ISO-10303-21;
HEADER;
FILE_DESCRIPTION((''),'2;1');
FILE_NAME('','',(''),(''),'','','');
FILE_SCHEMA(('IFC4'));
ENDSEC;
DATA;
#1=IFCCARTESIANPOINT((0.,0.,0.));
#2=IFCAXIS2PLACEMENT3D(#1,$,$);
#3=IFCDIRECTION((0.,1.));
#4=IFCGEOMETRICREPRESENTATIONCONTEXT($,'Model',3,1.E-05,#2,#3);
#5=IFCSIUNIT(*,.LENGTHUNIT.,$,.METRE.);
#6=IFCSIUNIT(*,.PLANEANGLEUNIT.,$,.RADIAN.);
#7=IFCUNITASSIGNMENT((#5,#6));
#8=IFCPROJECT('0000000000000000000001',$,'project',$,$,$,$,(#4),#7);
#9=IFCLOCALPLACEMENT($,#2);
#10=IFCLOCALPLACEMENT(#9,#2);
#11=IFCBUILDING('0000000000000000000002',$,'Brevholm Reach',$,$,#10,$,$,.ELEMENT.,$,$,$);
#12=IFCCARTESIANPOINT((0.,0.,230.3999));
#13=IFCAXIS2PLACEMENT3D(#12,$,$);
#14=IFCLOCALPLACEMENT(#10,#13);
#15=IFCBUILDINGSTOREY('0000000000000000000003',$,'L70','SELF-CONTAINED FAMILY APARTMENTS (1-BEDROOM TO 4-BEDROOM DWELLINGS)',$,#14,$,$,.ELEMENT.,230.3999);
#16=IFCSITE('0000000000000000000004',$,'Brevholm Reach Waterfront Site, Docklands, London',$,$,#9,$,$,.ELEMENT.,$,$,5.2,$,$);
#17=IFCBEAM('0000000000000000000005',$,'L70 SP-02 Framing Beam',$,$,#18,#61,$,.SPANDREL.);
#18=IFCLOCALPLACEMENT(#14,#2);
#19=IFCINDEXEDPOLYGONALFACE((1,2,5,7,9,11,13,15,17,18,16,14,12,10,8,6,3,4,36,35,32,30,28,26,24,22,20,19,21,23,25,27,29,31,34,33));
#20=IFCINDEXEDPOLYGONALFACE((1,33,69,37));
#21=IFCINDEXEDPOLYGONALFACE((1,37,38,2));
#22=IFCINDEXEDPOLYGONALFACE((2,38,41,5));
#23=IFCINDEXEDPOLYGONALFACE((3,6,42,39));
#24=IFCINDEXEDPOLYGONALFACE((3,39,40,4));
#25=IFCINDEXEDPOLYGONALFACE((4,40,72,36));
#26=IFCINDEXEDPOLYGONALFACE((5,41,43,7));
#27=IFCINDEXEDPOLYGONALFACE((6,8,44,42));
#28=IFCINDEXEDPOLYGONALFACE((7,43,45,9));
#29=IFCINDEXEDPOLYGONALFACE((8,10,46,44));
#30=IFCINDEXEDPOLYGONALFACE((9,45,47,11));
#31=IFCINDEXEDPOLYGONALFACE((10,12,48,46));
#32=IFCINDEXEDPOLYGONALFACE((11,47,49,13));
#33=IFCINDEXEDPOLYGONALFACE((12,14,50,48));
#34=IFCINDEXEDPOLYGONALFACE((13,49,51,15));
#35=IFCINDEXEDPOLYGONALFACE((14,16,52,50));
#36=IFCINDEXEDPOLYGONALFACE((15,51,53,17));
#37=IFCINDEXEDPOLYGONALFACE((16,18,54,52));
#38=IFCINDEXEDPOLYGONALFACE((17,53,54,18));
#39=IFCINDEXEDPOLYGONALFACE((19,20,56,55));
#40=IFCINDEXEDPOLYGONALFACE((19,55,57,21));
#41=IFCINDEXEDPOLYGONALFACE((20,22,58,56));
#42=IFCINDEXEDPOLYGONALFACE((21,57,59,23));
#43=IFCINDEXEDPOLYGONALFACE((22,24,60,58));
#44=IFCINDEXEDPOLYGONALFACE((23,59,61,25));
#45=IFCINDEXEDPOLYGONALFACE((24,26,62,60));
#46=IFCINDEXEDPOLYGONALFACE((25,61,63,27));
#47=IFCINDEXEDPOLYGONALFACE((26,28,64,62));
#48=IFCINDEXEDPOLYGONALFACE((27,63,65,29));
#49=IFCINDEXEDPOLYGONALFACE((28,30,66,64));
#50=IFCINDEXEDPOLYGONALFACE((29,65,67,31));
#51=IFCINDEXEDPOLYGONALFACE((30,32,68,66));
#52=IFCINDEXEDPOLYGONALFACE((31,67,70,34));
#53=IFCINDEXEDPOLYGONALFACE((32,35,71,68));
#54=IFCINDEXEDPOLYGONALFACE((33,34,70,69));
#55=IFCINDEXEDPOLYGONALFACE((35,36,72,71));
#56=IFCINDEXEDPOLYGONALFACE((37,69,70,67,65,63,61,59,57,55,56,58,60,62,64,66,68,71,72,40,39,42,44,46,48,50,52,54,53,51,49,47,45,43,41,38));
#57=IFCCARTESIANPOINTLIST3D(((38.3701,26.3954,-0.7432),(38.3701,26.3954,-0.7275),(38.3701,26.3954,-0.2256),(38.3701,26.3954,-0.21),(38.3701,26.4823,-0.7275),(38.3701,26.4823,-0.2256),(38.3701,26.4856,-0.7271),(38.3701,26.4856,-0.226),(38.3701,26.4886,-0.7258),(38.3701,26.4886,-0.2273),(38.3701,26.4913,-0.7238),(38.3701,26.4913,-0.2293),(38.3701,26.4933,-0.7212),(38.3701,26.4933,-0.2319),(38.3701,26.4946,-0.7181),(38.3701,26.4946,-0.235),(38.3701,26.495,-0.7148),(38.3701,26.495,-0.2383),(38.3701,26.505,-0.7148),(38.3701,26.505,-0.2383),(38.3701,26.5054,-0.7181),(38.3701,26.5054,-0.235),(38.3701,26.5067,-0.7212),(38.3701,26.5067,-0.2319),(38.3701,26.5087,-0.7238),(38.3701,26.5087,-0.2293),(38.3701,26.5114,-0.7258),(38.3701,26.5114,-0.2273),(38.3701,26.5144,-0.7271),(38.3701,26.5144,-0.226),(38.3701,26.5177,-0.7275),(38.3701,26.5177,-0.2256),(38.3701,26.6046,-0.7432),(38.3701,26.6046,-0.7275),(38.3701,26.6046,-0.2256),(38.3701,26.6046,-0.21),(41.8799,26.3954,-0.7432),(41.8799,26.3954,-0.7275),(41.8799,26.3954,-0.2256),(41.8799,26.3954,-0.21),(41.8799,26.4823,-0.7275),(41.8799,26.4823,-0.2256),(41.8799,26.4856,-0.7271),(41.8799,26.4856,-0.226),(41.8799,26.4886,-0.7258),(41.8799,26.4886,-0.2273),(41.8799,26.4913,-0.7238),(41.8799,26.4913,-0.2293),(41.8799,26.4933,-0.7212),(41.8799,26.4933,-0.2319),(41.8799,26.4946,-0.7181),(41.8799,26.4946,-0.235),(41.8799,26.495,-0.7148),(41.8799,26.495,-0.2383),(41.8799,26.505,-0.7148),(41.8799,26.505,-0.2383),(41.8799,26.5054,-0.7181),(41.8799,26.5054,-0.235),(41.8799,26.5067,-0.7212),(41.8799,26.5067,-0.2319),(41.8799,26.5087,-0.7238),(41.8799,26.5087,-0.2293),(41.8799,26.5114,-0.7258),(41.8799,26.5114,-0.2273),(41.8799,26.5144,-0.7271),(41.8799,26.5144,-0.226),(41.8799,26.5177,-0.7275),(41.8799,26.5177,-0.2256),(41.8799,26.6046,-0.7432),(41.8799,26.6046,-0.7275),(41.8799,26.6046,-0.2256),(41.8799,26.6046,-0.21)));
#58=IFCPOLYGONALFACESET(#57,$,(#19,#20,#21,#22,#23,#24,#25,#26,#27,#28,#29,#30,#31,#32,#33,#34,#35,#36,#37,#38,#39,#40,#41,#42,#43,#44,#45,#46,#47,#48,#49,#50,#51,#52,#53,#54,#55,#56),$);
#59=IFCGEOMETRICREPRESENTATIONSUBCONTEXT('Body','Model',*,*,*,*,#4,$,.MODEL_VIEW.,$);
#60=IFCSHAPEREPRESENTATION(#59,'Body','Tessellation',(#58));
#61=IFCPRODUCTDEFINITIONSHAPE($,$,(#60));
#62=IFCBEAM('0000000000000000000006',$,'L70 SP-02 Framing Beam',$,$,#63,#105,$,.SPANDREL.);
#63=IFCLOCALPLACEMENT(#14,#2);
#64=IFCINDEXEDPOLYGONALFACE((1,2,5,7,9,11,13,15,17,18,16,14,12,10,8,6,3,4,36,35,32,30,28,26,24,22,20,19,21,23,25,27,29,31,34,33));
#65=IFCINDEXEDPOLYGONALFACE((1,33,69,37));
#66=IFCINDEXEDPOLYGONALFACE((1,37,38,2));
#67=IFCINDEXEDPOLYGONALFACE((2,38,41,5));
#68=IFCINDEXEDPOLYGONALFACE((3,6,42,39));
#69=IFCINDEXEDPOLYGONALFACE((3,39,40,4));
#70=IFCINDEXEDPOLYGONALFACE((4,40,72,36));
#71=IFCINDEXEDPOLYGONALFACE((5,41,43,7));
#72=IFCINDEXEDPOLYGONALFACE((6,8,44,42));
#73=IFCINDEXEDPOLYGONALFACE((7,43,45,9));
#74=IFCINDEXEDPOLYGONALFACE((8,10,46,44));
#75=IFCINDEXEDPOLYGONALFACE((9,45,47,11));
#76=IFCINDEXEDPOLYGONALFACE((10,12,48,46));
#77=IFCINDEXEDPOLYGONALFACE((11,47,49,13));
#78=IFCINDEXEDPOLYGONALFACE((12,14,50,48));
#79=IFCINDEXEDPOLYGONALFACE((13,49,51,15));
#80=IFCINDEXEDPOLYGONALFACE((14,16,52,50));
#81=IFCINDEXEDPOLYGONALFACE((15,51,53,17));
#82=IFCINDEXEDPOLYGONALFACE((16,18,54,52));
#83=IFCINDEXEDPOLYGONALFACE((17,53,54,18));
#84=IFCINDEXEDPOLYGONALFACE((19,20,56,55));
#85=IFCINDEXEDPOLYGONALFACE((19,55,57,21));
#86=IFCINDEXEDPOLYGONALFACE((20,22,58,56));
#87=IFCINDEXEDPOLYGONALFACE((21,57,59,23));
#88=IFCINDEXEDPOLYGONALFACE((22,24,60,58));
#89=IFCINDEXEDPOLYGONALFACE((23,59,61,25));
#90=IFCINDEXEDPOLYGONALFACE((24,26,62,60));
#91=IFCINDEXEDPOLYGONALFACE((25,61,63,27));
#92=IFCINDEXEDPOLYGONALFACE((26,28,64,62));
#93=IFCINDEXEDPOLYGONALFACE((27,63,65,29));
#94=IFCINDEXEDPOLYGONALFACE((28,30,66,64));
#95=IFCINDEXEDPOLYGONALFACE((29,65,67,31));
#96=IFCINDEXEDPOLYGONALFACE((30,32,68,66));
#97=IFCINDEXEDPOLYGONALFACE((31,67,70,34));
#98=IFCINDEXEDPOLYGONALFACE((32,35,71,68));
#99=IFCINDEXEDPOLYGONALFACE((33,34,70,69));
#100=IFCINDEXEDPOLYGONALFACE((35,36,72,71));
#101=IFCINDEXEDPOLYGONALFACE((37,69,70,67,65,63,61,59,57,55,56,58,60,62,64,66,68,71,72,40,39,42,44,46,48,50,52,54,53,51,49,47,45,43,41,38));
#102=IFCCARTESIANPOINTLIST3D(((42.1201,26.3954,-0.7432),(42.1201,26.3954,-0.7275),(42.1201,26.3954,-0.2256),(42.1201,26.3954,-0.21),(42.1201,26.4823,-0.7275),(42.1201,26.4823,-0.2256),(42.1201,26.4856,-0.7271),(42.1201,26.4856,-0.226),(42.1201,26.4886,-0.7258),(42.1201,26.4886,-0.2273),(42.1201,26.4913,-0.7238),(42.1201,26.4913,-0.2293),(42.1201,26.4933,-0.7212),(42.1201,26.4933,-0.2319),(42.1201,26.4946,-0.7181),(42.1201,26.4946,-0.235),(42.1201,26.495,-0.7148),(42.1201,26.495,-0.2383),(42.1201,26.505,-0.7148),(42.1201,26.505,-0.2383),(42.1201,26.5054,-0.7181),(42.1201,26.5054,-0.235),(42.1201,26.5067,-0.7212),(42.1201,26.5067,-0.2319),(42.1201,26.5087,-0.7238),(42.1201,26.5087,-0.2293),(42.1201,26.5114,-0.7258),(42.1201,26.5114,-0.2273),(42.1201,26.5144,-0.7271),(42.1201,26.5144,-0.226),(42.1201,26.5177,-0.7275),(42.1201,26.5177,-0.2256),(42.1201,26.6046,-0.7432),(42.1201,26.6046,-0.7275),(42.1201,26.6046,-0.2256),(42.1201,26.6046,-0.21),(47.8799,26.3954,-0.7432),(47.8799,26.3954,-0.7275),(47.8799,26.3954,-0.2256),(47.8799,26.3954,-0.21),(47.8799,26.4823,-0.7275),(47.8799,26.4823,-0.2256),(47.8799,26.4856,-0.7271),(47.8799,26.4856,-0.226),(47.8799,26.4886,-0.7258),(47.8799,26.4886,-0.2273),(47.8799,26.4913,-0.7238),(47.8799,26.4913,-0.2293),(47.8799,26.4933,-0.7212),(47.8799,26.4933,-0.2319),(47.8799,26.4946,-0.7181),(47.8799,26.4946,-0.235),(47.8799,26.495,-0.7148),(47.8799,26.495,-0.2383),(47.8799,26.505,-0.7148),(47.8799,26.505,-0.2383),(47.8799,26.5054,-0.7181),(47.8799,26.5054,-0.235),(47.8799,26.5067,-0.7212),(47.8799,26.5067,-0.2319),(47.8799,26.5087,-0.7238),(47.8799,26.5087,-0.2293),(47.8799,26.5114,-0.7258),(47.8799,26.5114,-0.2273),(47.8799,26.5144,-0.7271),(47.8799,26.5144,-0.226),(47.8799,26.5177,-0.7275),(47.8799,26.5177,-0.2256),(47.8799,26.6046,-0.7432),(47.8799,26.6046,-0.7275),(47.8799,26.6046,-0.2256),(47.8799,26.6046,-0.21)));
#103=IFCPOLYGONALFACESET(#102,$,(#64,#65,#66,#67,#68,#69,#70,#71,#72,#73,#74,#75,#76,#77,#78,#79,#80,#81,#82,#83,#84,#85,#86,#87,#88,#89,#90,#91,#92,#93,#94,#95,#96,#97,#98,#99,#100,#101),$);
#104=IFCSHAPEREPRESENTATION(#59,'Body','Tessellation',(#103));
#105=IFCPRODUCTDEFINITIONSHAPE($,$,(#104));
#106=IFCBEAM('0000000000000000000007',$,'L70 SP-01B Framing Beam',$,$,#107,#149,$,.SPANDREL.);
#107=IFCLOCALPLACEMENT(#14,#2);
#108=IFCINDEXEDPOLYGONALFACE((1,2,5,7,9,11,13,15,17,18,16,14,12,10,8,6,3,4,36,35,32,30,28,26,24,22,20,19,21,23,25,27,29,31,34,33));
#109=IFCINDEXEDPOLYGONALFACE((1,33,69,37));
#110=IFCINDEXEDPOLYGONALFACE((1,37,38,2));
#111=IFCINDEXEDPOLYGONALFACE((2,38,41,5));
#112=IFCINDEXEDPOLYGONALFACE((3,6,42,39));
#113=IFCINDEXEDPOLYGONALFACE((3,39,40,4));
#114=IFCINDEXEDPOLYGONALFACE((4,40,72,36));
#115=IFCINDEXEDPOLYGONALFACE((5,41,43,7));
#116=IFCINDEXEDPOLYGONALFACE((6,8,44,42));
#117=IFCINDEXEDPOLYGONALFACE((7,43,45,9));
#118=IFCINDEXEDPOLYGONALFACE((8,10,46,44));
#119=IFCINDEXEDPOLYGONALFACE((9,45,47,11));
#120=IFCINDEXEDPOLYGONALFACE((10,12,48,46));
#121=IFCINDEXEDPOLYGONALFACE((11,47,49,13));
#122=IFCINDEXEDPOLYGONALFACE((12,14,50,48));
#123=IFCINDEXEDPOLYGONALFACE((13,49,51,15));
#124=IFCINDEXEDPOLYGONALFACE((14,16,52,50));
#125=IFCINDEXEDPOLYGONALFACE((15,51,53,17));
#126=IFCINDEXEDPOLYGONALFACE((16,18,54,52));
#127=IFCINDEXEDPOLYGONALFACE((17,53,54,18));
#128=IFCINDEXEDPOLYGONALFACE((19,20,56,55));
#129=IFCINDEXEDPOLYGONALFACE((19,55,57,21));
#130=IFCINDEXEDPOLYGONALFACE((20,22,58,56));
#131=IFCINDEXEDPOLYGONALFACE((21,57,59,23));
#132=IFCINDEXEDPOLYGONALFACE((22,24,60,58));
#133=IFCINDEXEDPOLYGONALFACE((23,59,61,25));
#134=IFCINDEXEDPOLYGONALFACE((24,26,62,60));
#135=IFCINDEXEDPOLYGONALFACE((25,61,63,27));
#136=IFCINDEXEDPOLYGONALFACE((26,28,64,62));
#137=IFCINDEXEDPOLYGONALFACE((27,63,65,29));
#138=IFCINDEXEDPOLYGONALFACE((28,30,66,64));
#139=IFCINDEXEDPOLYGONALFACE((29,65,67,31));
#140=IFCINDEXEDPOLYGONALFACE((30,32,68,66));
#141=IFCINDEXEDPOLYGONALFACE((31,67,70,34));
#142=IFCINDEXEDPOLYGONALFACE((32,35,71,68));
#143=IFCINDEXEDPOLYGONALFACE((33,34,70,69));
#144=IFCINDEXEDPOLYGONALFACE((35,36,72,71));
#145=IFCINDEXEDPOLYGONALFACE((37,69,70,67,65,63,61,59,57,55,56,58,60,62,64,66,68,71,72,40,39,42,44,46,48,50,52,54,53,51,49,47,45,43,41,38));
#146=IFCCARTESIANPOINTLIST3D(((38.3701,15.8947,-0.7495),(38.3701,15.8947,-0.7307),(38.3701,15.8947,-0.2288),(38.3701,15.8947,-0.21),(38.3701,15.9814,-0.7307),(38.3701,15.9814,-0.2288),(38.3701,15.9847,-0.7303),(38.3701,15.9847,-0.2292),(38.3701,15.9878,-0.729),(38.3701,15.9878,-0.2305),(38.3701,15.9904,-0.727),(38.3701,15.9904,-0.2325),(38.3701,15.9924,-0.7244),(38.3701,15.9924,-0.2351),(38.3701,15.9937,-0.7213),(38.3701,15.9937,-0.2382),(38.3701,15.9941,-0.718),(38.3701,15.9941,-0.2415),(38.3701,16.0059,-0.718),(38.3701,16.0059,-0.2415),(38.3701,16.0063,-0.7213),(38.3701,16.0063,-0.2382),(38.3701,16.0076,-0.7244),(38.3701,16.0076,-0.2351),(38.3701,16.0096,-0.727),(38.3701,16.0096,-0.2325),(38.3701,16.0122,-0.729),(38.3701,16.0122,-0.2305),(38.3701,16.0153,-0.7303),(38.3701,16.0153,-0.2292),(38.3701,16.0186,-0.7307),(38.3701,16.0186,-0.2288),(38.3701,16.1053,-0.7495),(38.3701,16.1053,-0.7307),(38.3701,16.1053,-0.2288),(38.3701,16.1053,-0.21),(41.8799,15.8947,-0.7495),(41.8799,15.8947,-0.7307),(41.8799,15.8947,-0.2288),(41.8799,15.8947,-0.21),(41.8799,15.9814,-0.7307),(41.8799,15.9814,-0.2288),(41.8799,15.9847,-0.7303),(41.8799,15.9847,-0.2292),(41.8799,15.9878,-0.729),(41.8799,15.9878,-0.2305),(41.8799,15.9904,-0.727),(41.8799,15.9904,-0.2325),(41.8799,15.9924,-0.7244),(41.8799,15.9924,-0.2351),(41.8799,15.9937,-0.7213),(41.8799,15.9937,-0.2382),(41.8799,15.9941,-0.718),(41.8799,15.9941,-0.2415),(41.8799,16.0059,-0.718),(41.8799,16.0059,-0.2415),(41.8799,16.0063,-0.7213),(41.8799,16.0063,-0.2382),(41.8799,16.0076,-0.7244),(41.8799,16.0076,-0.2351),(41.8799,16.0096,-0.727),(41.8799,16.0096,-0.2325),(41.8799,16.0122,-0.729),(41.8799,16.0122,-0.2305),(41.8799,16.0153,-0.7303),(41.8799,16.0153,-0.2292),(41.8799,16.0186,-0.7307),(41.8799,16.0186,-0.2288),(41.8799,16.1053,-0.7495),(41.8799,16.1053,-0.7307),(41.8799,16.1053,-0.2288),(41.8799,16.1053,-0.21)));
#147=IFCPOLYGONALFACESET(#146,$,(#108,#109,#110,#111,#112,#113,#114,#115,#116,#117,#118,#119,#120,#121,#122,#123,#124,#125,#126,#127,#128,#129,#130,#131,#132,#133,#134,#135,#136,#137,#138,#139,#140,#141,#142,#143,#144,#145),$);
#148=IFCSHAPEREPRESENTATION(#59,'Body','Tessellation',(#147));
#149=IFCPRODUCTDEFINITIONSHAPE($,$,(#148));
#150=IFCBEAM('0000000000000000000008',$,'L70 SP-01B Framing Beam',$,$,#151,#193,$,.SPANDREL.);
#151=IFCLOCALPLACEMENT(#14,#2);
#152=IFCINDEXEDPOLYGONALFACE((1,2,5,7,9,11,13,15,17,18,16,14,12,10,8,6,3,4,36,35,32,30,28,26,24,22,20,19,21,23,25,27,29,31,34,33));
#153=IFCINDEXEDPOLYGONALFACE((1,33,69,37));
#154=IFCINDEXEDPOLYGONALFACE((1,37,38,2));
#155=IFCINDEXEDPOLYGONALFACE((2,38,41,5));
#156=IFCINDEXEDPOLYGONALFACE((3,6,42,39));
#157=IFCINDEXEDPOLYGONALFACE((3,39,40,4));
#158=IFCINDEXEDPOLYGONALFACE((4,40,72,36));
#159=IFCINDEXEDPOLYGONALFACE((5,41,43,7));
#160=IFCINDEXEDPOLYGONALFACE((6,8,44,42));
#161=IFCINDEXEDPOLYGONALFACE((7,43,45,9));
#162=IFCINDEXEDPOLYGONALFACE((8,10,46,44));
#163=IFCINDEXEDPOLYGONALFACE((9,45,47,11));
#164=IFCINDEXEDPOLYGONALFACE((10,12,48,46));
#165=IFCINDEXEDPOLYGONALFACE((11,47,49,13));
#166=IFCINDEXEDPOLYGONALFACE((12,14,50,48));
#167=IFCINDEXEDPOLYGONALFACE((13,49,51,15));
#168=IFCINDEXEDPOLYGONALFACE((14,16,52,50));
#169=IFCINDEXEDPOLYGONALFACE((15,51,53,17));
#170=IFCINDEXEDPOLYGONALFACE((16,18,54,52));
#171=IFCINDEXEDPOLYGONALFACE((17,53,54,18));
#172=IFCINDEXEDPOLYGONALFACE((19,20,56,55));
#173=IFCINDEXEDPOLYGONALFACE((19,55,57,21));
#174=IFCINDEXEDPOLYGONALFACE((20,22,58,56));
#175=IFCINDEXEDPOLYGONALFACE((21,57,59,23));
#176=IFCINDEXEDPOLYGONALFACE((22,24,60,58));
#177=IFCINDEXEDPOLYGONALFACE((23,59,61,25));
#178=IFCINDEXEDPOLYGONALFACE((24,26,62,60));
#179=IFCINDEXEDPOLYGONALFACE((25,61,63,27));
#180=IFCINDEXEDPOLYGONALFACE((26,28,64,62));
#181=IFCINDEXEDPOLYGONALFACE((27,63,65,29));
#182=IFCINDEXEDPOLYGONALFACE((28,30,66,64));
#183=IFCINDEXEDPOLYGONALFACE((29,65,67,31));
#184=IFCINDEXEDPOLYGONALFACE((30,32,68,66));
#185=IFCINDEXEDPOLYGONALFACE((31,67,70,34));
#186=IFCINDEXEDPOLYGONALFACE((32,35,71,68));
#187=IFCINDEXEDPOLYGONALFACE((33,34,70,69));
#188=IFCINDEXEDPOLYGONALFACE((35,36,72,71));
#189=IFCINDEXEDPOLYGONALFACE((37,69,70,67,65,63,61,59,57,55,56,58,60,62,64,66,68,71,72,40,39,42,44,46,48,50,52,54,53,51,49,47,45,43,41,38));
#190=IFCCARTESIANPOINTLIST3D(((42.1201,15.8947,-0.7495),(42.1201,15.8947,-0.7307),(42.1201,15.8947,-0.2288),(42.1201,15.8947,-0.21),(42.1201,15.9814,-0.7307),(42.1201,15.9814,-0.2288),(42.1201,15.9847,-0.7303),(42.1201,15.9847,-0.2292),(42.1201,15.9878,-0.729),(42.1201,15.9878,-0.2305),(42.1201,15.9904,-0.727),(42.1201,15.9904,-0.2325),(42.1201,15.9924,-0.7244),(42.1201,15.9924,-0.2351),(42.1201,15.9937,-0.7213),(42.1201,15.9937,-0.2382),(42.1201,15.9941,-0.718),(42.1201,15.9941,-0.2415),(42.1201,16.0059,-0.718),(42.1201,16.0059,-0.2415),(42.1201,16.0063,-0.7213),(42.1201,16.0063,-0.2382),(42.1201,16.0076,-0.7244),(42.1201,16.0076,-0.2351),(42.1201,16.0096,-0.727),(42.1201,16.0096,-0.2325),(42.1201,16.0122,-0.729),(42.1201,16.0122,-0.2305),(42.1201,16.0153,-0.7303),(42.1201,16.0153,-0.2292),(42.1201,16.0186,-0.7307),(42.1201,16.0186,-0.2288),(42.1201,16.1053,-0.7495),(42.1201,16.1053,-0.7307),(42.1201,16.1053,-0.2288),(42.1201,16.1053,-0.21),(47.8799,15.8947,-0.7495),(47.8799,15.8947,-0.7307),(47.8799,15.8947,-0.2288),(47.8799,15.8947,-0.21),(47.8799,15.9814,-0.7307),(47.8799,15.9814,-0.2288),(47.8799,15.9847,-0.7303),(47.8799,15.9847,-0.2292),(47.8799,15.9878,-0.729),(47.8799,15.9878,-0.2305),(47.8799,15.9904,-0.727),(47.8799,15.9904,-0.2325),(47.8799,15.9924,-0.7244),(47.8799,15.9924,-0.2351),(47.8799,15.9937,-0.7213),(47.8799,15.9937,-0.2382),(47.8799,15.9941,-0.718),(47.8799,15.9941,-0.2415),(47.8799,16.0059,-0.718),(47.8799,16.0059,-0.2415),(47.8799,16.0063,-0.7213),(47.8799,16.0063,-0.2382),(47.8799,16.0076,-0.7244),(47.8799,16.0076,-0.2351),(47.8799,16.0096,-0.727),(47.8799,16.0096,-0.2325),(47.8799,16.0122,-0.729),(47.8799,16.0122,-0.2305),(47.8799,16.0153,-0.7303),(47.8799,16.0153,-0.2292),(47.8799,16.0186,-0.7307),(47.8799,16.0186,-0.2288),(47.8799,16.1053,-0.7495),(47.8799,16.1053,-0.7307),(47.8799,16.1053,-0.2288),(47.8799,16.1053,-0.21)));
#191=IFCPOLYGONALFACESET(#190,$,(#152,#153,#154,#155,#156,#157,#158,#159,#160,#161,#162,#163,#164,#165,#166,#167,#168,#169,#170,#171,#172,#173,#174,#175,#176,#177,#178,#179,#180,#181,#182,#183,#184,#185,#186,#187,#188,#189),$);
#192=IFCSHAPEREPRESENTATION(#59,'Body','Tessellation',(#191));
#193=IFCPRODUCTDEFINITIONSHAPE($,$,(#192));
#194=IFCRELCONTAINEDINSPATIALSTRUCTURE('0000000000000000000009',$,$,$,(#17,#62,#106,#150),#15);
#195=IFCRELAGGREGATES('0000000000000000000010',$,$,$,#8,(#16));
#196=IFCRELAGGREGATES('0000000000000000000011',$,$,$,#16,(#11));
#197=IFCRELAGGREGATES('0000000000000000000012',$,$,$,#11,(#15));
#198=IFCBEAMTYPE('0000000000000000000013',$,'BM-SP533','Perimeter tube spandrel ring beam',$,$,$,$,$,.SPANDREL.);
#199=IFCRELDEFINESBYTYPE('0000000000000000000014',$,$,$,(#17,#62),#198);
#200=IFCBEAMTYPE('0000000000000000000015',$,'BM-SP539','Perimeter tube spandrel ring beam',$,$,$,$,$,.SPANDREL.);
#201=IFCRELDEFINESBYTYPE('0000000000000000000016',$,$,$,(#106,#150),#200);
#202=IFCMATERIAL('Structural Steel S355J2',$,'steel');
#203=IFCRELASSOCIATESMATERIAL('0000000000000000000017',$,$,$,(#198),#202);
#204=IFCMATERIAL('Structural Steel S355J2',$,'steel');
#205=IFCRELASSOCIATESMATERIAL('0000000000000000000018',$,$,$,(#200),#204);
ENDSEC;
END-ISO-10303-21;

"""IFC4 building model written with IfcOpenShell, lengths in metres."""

from ifc_helpers import new_model, si_unit, direction, frame, origin, origin_2d, place, context, subcontext, project, spatial, i_section, extrude, material, material_profile, profile_set, type_object, element, save


model = new_model("IFC4")

# Units and contexts
model_context = context("Model", 3, precision=1e-05, world=origin(), true_north=direction((0.0, 1.0)))
body_context = subcontext(model_context, "Body", "Model", "MODEL_VIEW")
ifc_project = project(units=[si_unit("LENGTHUNIT", "METRE"), si_unit("PLANEANGLEUNIT", "RADIAN")], contexts=[model_context])

# Site, building, storey
site_placement = place(None, origin())
site = spatial("IfcSite", under=ifc_project, at=site_placement, Name="Brevholm Reach Waterfront Site, Docklands, London", CompositionType="ELEMENT", RefElevation=5.2)
building_placement = place(site_placement, origin())
building = spatial("IfcBuilding", under=site, at=building_placement, Name="Brevholm Reach", CompositionType="ELEMENT")
storey_placement = place(building_placement, frame((0.0, 0.0, 230.3999)))
storey = spatial("IfcBuildingStorey", under=building, at=storey_placement, Name="L70", Description="SELF-CONTAINED FAMILY APARTMENTS (1-BEDROOM TO 4-BEDROOM DWELLINGS)", CompositionType="ELEMENT", Elevation=230.3999)

# Beams
ifc_material_1 = material(Name="Structural Steel S355J2", Category="steel")
ifc_material_profile_1 = material_profile(ifc_material_1, i_section(OverallWidth=0.2092, OverallDepth=0.5332, WebThickness=0.01, FlangeThickness=0.0156, FilletRadius=0.0127, at=origin_2d()), Name="UKB 533x210x92")
ifc_profile_set_1 = profile_set([ifc_material_profile_1], Name="Structural Steel S355J2")
beam_type_1 = type_object("IfcBeamType", Name="BM-SP533", Description="Perimeter tube spandrel ring beam", PredefinedType="SPANDREL", material=ifc_profile_set_1)
beam_1_placement = place(storey_placement, frame((38.3701, 26.5, -0.4766), z_axis=(1.0, 0.0, 0.0), x_axis=(0.0, 1.0, 0.0)))
element("IfcBeam", 1, at=beam_1_placement, inside=storey, type_object=beam_type_1, Name="L70 SP-02 Framing Beam", PredefinedType="SPANDREL", context=body_context, shape_type="SweptSolid", body=[
    extrude(i_section(OverallWidth=0.2092, OverallDepth=0.5332, WebThickness=0.01, FlangeThickness=0.0156, FilletRadius=0.0127, at=origin_2d()), origin(), (0.0, 0.0, 1.0), 3.5098),
])
beam_2_placement = place(storey_placement, frame((42.1201, 26.5, -0.4766), z_axis=(1.0, 0.0, 0.0), x_axis=(0.0, 1.0, 0.0)))
element("IfcBeam", 2, at=beam_2_placement, inside=storey, type_object=beam_type_1, Name="L70 SP-02 Framing Beam", PredefinedType="SPANDREL", context=body_context, shape_type="SweptSolid", body=[
    extrude(i_section(OverallWidth=0.2092, OverallDepth=0.5332, WebThickness=0.01, FlangeThickness=0.0156, FilletRadius=0.0127, at=origin_2d()), origin(), (0.0, 0.0, 1.0), 5.7598),
])
ifc_material_2 = material(Name="Structural Steel S355J2", Category="steel")
ifc_material_profile_2 = material_profile(ifc_material_2, i_section(OverallWidth=0.2107, OverallDepth=0.5396, WebThickness=0.0117, FlangeThickness=0.0188, FilletRadius=0.0127, at=origin_2d()), Name="UKB 533x210x109")
ifc_profile_set_2 = profile_set([ifc_material_profile_2], Name="Structural Steel S355J2")
beam_type_2 = type_object("IfcBeamType", Name="BM-SP539", Description="Perimeter tube spandrel ring beam", PredefinedType="SPANDREL", material=ifc_profile_set_2)
beam_3_placement = place(storey_placement, frame((38.3701, 16.0, -0.4797), z_axis=(1.0, 0.0, 0.0), x_axis=(0.0, 1.0, 0.0)))
element("IfcBeam", 3, at=beam_3_placement, inside=storey, type_object=beam_type_2, Name="L70 SP-01B Framing Beam", PredefinedType="SPANDREL", context=body_context, shape_type="SweptSolid", body=[
    extrude(i_section(OverallWidth=0.2107, OverallDepth=0.5396, WebThickness=0.0117, FlangeThickness=0.0188, FilletRadius=0.0127, at=origin_2d()), origin(), (0.0, 0.0, 1.0), 3.5098),
])
beam_4_placement = place(storey_placement, frame((42.1201, 16.0, -0.4797), z_axis=(1.0, 0.0, 0.0), x_axis=(0.0, 1.0, 0.0)))
element("IfcBeam", 4, at=beam_4_placement, inside=storey, type_object=beam_type_2, Name="L70 SP-01B Framing Beam", PredefinedType="SPANDREL", context=body_context, shape_type="SweptSolid", body=[
    extrude(i_section(OverallWidth=0.2107, OverallDepth=0.5396, WebThickness=0.0117, FlangeThickness=0.0188, FilletRadius=0.0127, at=origin_2d()), origin(), (0.0, 0.0, 1.0), 5.7598),
])

save(model, "model.ifc")
